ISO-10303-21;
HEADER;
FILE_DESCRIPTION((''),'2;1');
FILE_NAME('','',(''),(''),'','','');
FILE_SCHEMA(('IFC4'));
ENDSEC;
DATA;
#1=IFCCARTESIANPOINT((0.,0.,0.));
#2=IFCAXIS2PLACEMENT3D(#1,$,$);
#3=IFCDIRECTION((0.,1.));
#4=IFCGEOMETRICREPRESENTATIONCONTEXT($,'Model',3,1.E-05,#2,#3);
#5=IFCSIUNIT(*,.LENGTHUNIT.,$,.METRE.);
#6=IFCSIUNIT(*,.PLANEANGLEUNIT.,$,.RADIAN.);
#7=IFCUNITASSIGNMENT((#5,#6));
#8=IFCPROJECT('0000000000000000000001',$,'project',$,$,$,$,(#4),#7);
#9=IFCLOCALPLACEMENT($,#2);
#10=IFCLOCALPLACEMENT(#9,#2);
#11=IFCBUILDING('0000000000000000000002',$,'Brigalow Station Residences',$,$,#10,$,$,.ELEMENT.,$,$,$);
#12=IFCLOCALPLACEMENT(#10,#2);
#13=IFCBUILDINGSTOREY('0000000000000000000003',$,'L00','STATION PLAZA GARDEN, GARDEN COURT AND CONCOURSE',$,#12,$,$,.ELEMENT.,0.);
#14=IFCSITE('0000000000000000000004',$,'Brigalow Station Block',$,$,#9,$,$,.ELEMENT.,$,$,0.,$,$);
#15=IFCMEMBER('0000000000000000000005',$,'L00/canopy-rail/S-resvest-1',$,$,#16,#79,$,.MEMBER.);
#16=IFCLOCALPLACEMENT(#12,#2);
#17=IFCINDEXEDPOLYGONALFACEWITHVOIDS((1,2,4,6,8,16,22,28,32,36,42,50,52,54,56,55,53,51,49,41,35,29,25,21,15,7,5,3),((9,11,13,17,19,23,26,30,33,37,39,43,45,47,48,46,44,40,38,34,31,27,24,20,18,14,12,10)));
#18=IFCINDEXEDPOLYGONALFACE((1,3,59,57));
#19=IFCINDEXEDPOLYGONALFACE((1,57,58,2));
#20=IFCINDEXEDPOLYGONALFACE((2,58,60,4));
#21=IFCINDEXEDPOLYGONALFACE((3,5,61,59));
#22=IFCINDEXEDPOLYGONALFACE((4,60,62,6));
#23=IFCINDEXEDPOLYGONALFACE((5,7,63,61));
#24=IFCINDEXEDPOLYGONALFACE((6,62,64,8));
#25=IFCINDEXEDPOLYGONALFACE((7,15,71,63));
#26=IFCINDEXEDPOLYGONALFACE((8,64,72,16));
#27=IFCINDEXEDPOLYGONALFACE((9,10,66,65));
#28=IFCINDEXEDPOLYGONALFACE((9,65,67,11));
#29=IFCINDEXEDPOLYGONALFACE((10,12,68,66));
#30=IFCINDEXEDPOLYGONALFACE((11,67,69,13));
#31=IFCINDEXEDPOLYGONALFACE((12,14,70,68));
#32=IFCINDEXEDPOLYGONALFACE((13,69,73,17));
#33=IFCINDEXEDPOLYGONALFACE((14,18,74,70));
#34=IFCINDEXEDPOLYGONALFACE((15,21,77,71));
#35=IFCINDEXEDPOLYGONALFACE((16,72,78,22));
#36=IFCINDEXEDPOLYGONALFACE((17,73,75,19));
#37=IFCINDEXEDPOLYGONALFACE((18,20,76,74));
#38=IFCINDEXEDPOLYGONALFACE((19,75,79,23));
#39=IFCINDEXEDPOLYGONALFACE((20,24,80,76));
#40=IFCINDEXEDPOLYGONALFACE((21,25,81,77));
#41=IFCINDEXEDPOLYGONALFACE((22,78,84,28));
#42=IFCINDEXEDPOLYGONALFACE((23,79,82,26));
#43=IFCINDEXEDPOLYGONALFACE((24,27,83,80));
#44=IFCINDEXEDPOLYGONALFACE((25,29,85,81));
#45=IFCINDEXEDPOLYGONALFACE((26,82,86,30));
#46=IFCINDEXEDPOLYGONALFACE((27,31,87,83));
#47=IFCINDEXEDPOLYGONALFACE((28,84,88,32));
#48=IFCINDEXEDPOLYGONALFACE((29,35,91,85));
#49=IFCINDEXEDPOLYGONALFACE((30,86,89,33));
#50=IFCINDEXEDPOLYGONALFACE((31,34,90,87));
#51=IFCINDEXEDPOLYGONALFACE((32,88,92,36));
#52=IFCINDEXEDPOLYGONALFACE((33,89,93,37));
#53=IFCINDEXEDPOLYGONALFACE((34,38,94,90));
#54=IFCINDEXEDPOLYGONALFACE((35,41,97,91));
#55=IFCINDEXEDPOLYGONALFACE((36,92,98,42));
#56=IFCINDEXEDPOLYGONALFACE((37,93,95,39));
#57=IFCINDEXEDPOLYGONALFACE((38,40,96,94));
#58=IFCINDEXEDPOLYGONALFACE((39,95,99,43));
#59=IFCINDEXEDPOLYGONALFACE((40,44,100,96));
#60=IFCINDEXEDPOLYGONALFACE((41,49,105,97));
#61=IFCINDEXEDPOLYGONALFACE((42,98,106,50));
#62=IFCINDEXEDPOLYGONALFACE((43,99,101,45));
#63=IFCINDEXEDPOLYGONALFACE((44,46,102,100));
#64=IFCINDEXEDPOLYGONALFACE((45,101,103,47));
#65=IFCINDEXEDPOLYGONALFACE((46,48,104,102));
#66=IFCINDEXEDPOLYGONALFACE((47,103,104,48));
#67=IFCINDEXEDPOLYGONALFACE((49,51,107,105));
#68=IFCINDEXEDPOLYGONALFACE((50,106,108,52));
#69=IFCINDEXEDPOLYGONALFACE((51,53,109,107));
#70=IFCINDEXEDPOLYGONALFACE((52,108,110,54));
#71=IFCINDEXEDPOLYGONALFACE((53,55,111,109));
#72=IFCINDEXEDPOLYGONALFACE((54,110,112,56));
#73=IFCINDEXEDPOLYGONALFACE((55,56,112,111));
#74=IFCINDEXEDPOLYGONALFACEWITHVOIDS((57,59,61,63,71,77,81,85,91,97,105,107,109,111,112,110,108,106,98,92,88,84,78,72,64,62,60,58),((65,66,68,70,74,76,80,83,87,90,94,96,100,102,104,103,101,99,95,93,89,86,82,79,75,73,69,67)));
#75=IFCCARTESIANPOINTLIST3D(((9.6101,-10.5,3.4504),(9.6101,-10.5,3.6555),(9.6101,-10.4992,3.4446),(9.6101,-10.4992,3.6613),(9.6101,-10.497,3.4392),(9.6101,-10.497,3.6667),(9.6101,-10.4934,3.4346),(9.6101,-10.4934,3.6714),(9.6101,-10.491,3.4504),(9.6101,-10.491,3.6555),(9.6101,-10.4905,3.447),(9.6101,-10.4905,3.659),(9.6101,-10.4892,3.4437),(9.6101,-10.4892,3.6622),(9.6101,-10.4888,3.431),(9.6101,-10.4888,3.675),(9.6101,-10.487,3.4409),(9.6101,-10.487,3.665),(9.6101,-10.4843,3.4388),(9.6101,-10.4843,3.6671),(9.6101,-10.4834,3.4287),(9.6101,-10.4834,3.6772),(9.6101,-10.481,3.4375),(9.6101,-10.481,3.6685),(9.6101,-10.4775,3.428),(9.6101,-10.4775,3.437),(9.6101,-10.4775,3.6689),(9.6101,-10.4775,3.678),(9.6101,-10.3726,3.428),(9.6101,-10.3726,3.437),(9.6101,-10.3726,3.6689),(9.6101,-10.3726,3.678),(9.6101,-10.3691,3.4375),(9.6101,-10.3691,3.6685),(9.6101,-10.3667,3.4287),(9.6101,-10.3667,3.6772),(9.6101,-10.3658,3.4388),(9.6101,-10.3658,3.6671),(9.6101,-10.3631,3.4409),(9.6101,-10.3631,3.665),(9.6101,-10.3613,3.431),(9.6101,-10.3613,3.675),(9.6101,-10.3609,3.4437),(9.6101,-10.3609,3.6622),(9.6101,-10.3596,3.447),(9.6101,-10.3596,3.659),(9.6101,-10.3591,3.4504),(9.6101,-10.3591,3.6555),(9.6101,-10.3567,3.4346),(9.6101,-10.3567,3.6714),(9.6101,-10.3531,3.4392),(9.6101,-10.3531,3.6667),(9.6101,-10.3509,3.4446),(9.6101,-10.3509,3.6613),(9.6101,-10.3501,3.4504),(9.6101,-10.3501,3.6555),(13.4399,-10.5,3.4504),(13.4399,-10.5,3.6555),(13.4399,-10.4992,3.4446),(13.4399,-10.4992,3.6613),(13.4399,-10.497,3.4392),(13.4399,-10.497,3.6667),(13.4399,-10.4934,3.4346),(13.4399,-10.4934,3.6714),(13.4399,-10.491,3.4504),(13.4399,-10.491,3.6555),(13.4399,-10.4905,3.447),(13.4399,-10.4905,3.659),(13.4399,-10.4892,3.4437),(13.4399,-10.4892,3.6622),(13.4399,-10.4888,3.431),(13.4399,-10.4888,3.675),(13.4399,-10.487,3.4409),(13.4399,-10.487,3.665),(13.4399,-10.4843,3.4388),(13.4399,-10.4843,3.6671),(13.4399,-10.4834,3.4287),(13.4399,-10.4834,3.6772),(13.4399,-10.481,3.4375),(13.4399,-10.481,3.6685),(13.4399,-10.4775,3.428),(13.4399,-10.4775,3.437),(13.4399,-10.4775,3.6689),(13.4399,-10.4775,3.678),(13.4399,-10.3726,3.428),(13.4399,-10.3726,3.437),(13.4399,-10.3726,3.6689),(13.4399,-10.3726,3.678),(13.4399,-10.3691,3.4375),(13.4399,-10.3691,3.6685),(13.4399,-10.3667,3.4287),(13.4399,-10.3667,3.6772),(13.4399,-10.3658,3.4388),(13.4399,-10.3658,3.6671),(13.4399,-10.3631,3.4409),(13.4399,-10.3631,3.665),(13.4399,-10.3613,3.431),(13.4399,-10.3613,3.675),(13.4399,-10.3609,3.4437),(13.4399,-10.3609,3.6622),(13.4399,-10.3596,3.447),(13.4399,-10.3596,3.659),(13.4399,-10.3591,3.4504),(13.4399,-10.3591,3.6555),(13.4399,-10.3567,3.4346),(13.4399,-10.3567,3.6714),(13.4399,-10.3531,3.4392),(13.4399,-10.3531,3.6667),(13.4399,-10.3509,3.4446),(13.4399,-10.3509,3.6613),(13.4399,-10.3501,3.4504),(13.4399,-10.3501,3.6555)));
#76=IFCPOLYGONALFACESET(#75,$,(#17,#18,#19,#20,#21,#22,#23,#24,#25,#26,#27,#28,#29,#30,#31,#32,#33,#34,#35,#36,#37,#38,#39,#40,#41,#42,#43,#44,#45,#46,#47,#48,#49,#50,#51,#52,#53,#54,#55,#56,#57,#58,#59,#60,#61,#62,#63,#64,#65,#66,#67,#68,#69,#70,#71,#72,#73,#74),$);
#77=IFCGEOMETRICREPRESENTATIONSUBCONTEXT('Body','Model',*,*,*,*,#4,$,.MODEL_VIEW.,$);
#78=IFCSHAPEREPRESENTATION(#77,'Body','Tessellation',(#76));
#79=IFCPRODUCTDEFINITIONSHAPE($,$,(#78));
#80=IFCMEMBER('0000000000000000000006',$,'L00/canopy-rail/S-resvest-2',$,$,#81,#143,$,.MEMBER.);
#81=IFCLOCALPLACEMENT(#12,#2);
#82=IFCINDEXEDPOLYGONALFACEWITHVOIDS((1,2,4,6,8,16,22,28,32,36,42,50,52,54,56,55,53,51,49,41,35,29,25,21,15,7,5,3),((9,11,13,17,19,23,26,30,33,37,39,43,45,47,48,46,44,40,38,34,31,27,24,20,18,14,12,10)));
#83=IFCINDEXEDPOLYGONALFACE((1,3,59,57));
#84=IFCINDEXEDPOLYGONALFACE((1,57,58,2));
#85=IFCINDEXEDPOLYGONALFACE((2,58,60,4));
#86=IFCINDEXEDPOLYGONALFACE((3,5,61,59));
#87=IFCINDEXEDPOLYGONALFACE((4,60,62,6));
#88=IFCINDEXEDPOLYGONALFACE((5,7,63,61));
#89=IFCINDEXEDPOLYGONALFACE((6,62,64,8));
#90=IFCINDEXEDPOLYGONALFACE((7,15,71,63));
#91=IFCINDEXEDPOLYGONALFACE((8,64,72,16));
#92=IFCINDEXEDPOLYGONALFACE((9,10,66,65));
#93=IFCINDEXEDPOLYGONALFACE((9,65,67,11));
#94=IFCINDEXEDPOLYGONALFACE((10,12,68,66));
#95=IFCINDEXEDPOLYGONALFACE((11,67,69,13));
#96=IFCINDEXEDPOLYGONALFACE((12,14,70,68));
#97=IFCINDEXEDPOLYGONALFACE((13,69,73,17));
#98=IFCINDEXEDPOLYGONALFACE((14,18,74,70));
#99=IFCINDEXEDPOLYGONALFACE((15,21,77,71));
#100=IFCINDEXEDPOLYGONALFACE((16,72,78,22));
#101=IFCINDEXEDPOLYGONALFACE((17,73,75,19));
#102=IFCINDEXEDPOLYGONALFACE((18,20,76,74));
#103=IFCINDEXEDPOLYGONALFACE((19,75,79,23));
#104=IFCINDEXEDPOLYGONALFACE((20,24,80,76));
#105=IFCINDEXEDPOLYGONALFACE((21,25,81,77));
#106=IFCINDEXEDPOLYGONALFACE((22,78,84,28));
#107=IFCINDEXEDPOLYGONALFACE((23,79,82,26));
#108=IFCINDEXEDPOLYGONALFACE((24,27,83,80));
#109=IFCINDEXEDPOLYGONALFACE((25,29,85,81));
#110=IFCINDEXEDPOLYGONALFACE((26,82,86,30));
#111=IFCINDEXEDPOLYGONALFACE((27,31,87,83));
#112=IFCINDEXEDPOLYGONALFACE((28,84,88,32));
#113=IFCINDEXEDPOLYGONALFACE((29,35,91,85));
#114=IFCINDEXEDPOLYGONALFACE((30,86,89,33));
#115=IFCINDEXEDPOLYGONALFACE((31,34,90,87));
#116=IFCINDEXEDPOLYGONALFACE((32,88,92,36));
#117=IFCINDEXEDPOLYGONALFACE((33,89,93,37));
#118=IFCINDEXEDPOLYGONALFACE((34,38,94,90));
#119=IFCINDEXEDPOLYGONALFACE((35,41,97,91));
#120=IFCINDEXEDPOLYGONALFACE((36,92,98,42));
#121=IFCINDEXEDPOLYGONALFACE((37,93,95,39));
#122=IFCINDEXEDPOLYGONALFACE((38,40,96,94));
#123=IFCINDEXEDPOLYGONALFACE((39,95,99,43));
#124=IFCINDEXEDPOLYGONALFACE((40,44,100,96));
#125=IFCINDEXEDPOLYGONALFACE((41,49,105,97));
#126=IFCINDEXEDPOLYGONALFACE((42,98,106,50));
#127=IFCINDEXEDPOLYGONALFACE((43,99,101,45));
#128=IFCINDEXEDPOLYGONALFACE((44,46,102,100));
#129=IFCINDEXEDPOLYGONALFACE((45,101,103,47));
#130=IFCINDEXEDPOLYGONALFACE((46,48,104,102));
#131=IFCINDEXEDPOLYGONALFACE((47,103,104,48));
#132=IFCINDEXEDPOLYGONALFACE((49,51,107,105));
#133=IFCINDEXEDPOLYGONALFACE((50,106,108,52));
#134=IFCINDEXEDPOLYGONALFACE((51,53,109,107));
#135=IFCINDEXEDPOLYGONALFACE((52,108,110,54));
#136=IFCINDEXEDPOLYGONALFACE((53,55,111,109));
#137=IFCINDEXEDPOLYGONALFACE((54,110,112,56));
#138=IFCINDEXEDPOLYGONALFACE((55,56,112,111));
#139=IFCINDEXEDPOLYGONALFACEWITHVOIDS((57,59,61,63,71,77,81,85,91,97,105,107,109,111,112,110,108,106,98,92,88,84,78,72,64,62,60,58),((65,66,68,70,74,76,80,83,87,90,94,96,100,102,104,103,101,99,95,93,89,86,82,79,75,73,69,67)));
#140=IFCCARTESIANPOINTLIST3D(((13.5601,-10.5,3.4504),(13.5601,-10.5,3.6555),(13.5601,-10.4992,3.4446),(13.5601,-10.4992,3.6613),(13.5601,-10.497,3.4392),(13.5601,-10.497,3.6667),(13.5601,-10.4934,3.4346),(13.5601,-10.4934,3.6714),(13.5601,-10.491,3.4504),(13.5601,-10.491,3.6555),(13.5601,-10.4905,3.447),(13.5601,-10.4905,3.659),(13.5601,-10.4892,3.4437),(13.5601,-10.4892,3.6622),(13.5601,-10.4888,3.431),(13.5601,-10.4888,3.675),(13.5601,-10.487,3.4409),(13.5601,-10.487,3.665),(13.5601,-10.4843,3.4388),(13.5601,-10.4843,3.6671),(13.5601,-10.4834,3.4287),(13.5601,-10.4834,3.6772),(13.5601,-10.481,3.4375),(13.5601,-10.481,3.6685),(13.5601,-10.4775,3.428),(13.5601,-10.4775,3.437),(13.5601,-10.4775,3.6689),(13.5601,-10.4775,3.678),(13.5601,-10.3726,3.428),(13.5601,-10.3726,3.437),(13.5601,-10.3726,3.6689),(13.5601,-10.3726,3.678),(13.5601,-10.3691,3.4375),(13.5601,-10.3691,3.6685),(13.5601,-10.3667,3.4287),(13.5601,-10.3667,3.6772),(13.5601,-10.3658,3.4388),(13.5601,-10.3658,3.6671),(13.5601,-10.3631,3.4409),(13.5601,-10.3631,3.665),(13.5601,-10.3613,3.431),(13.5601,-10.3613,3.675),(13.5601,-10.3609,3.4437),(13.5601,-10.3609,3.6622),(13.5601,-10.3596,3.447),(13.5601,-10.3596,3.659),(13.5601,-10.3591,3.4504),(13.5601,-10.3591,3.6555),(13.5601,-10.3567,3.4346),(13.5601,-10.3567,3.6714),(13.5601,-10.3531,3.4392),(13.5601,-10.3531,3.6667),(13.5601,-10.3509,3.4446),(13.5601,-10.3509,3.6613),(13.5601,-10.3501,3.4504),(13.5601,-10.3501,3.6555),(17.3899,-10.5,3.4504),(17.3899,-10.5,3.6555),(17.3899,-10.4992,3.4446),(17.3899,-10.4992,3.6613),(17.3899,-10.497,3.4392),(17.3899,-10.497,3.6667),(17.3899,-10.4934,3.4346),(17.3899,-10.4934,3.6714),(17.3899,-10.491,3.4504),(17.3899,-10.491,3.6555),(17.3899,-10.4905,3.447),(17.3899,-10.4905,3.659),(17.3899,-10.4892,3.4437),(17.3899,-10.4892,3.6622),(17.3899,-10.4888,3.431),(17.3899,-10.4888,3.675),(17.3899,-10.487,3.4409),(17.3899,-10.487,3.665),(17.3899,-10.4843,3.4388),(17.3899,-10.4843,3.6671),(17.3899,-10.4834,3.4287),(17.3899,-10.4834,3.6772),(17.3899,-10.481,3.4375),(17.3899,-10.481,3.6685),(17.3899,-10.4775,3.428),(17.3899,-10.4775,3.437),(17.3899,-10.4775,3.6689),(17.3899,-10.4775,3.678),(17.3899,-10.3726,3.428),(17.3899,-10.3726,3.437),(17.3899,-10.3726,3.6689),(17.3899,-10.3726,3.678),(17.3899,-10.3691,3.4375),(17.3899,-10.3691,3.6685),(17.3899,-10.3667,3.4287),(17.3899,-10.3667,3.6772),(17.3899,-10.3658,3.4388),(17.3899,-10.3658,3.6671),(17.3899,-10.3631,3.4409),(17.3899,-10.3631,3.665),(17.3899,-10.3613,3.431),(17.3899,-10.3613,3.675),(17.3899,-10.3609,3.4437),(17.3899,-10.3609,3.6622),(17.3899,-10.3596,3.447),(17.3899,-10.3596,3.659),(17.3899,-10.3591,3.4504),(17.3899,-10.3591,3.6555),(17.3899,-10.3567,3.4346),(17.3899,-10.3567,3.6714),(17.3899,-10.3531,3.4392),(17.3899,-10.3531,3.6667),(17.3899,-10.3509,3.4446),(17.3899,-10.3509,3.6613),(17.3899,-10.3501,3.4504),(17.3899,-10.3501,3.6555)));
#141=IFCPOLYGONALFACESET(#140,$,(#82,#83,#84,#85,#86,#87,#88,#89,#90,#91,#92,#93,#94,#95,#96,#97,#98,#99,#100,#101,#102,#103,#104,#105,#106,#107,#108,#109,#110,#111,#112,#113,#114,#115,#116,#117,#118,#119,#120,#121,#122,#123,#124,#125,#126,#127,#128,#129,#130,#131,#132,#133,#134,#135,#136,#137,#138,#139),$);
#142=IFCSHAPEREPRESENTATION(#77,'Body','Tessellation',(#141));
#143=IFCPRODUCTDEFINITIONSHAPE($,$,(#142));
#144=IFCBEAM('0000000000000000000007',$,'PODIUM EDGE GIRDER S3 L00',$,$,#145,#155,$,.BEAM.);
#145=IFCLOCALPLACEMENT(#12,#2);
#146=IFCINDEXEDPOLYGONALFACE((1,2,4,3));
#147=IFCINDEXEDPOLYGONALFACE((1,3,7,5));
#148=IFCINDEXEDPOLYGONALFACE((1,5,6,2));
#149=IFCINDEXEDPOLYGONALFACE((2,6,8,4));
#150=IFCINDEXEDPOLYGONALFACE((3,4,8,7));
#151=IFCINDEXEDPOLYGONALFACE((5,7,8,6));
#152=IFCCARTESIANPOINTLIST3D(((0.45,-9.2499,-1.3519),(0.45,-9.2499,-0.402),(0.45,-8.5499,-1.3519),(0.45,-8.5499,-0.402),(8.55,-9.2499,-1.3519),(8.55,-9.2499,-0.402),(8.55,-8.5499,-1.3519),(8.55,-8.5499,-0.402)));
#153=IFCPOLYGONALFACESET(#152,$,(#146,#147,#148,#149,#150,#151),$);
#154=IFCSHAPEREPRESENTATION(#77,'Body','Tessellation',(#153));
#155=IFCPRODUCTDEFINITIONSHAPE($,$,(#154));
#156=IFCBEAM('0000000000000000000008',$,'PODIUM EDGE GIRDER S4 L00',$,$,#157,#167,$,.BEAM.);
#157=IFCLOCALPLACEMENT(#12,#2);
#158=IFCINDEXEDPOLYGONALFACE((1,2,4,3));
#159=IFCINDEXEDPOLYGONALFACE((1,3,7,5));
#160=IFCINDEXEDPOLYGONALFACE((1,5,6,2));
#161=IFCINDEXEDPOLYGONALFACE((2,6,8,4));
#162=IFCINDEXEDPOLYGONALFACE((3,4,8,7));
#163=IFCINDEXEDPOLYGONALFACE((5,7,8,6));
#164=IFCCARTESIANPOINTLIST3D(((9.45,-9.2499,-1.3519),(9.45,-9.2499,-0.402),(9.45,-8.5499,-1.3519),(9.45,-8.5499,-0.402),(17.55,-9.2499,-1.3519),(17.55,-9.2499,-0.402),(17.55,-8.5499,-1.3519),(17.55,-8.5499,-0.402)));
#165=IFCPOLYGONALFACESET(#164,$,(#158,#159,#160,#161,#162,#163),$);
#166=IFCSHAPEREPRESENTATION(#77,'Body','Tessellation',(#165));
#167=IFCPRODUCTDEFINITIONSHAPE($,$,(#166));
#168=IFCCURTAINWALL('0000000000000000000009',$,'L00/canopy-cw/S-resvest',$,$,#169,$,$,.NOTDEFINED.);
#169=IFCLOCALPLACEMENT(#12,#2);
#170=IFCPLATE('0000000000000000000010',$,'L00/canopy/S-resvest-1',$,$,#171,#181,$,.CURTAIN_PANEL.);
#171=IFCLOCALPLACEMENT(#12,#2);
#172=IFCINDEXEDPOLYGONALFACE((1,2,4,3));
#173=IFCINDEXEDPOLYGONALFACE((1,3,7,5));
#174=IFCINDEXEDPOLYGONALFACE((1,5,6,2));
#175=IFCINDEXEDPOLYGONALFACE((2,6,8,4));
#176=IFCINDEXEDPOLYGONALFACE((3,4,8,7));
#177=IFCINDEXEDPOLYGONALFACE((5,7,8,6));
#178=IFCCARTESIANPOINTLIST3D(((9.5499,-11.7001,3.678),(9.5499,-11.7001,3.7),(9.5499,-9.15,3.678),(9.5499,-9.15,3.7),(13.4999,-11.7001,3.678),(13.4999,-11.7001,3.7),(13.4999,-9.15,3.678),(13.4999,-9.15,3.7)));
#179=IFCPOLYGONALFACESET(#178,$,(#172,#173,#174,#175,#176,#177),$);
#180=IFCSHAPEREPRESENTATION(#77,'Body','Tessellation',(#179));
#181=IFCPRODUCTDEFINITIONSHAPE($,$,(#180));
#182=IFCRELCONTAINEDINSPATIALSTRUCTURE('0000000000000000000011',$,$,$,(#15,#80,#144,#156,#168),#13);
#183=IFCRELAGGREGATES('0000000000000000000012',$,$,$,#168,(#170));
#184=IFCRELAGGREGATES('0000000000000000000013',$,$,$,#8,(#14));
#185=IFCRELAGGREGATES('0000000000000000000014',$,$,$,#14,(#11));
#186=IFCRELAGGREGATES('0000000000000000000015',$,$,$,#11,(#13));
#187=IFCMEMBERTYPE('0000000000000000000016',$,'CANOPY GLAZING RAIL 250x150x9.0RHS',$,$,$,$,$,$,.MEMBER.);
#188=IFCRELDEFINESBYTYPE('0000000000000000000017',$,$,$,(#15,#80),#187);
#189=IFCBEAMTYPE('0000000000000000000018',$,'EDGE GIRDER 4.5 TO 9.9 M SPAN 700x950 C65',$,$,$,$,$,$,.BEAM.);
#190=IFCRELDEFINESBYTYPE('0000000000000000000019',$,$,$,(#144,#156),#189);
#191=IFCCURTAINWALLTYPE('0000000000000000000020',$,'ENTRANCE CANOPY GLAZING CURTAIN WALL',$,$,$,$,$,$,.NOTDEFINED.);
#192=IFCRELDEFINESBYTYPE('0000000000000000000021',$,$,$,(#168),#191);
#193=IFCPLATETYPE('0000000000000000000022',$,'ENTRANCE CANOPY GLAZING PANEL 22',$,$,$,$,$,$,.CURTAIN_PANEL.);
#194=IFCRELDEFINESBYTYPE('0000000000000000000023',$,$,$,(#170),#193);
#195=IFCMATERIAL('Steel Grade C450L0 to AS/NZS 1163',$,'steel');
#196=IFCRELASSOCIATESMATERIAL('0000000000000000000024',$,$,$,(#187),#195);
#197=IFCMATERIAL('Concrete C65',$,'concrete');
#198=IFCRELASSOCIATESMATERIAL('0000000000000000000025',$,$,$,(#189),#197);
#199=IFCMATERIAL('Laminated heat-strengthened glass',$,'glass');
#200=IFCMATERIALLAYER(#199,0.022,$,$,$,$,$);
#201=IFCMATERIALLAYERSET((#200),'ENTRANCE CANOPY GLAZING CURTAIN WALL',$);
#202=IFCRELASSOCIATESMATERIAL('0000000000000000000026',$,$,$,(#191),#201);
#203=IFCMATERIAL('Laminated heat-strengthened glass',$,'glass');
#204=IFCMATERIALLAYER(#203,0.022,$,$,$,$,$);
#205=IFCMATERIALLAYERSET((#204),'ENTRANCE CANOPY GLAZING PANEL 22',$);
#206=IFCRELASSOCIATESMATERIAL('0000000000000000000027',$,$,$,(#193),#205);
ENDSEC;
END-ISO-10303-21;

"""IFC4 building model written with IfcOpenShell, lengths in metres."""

from ifc_helpers import new_model, si_unit, direction, frame, origin, origin_2d, place, context, subcontext, project, spatial, rectangle, hollow_rectangle, extrude, material, layer, layer_set, material_profile, profile_set, type_object, element, aggregate, save


model = new_model("IFC4")

# Units and contexts
model_context = context("Model", 3, precision=1e-05, world=origin(), true_north=direction((0.0, 1.0)))
body_context = subcontext(model_context, "Body", "Model", "MODEL_VIEW")
ifc_project = project(units=[si_unit("LENGTHUNIT", "METRE"), si_unit("PLANEANGLEUNIT", "RADIAN")], contexts=[model_context])

# Site, building, storey
site_placement = place(None, origin())
site = spatial("IfcSite", under=ifc_project, at=site_placement, Name="Brigalow Station Block", CompositionType="ELEMENT", RefElevation=0.0)
building_placement = place(site_placement, origin())
building = spatial("IfcBuilding", under=site, at=building_placement, Name="Brigalow Station Residences", CompositionType="ELEMENT")
storey_placement = place(building_placement, origin())
storey = spatial("IfcBuildingStorey", under=building, at=storey_placement, Name="L00", Description="STATION PLAZA GARDEN, GARDEN COURT AND CONCOURSE", CompositionType="ELEMENT", Elevation=0.0)

# Members
ifc_material_1 = material(Name="Steel Grade C450L0 to AS/NZS 1163", Category="steel")
ifc_material_profile_1 = material_profile(ifc_material_1, hollow_rectangle(XDim=0.1499, YDim=0.25, WallThickness=0.009, InnerFilletRadius=0.0134, OuterFilletRadius=0.0225, at=origin_2d()), Name="250x150x9.0RHS")
ifc_profile_set_1 = profile_set([ifc_material_profile_1], Name="Steel Grade C450L0 to AS/NZS 1163")
member_type = type_object("IfcMemberType", Name="CANOPY GLAZING RAIL 250x150x9.0RHS", PredefinedType="MEMBER", material=ifc_profile_set_1)
for number, where, z_axis, x_axis, name in (
    (1, (9.6101, -10.425, 3.553), (1.0, 0.0, 0.0), (0.0, 1.0, 0.0), "L00/canopy-rail/S-resvest-1"),
    (2, (13.5601, -10.425, 3.553), (1.0, 0.0, 0.0), (0.0, 1.0, 0.0), "L00/canopy-rail/S-resvest-2"),
):
    element("IfcMember", number, at=place(storey_placement, frame(where, z_axis=z_axis, x_axis=x_axis)), inside=storey, type_object=member_type, Name=name, PredefinedType="MEMBER", context=body_context, shape_type="SweptSolid", body=[
        extrude(hollow_rectangle(XDim=0.1499, YDim=0.25, WallThickness=0.009, InnerFilletRadius=0.0134, OuterFilletRadius=0.0225, at=origin_2d()), origin(), (0.0, 0.0, 1.0), 3.8298),
    ])

# Beams
ifc_material_2 = material(Name="Concrete C65", Category="concrete")
ifc_material_profile_2 = material_profile(ifc_material_2, rectangle(XDim=0.7, YDim=0.95, at=origin_2d()), Name="RC700x950")
ifc_profile_set_2 = profile_set([ifc_material_profile_2], Name="Concrete C65")
beam_type_1 = type_object("IfcBeamType", Name="EDGE GIRDER 4.5 TO 9.9 M SPAN 700x950 C65", PredefinedType="BEAM", material=ifc_profile_set_2)
for number, where, z_axis, x_axis, name in (
    (3, (0.45, -8.8999, -0.877), (1.0, 0.0, 0.0), (0.0, 1.0, 0.0), "PODIUM EDGE GIRDER S3 L00"),
    (4, (9.45, -8.8999, -0.877), (1.0, 0.0, 0.0), (0.0, 1.0, 0.0), "PODIUM EDGE GIRDER S4 L00"),
):
    element("IfcBeam", number, at=place(storey_placement, frame(where, z_axis=z_axis, x_axis=x_axis)), inside=storey, type_object=beam_type_1, Name=name, PredefinedType="BEAM", context=body_context, shape_type="SweptSolid", body=[
        extrude(rectangle(XDim=0.7, YDim=0.95, at=origin_2d()), origin(), (0.0, 0.0, 1.0), 8.1001),
    ])

# Curtain wall, plate
ifc_material_3 = material(Name="Laminated heat-strengthened glass", Category="glass")
ifc_layer_1 = layer(ifc_material_3, 0.022)
ifc_layer_set_1 = layer_set([ifc_layer_1], Name="ENTRANCE CANOPY GLAZING CURTAIN WALL")
curtain_wall_type = type_object("IfcCurtainWallType", Name="ENTRANCE CANOPY GLAZING CURTAIN WALL", PredefinedType="NOTDEFINED", material=ifc_layer_set_1)
curtain_wall_placement = place(storey_placement, origin())
curtain_wall = element("IfcCurtainWall", 5, at=curtain_wall_placement, inside=storey, type_object=curtain_wall_type, Name="L00/canopy-cw/S-resvest", PredefinedType="NOTDEFINED")
ifc_material_4 = material(Name="Laminated heat-strengthened glass", Category="glass")
ifc_layer_2 = layer(ifc_material_4, 0.022)
ifc_layer_set_2 = layer_set([ifc_layer_2], Name="ENTRANCE CANOPY GLAZING PANEL 22")
plate_type = type_object("IfcPlateType", Name="ENTRANCE CANOPY GLAZING PANEL 22", PredefinedType="CURTAIN_PANEL", material=ifc_layer_set_2)
plate_placement = place(storey_placement, frame((11.5249, -10.425, 3.678), z_axis=(0.0, 0.0, 1.0), x_axis=(1.0, 0.0, 0.0)))
plate = element("IfcPlate", 6, at=plate_placement, type_object=plate_type, Name="L00/canopy/S-resvest-1", PredefinedType="CURTAIN_PANEL", context=body_context, shape_type="SweptSolid", body=[
    extrude(rectangle(XDim=3.95, YDim=2.55, at=origin_2d()), origin(), (0.0, 0.0, 1.0), 0.022),
])
aggregate(curtain_wall, [plate])

save(model, "model.ifc")
